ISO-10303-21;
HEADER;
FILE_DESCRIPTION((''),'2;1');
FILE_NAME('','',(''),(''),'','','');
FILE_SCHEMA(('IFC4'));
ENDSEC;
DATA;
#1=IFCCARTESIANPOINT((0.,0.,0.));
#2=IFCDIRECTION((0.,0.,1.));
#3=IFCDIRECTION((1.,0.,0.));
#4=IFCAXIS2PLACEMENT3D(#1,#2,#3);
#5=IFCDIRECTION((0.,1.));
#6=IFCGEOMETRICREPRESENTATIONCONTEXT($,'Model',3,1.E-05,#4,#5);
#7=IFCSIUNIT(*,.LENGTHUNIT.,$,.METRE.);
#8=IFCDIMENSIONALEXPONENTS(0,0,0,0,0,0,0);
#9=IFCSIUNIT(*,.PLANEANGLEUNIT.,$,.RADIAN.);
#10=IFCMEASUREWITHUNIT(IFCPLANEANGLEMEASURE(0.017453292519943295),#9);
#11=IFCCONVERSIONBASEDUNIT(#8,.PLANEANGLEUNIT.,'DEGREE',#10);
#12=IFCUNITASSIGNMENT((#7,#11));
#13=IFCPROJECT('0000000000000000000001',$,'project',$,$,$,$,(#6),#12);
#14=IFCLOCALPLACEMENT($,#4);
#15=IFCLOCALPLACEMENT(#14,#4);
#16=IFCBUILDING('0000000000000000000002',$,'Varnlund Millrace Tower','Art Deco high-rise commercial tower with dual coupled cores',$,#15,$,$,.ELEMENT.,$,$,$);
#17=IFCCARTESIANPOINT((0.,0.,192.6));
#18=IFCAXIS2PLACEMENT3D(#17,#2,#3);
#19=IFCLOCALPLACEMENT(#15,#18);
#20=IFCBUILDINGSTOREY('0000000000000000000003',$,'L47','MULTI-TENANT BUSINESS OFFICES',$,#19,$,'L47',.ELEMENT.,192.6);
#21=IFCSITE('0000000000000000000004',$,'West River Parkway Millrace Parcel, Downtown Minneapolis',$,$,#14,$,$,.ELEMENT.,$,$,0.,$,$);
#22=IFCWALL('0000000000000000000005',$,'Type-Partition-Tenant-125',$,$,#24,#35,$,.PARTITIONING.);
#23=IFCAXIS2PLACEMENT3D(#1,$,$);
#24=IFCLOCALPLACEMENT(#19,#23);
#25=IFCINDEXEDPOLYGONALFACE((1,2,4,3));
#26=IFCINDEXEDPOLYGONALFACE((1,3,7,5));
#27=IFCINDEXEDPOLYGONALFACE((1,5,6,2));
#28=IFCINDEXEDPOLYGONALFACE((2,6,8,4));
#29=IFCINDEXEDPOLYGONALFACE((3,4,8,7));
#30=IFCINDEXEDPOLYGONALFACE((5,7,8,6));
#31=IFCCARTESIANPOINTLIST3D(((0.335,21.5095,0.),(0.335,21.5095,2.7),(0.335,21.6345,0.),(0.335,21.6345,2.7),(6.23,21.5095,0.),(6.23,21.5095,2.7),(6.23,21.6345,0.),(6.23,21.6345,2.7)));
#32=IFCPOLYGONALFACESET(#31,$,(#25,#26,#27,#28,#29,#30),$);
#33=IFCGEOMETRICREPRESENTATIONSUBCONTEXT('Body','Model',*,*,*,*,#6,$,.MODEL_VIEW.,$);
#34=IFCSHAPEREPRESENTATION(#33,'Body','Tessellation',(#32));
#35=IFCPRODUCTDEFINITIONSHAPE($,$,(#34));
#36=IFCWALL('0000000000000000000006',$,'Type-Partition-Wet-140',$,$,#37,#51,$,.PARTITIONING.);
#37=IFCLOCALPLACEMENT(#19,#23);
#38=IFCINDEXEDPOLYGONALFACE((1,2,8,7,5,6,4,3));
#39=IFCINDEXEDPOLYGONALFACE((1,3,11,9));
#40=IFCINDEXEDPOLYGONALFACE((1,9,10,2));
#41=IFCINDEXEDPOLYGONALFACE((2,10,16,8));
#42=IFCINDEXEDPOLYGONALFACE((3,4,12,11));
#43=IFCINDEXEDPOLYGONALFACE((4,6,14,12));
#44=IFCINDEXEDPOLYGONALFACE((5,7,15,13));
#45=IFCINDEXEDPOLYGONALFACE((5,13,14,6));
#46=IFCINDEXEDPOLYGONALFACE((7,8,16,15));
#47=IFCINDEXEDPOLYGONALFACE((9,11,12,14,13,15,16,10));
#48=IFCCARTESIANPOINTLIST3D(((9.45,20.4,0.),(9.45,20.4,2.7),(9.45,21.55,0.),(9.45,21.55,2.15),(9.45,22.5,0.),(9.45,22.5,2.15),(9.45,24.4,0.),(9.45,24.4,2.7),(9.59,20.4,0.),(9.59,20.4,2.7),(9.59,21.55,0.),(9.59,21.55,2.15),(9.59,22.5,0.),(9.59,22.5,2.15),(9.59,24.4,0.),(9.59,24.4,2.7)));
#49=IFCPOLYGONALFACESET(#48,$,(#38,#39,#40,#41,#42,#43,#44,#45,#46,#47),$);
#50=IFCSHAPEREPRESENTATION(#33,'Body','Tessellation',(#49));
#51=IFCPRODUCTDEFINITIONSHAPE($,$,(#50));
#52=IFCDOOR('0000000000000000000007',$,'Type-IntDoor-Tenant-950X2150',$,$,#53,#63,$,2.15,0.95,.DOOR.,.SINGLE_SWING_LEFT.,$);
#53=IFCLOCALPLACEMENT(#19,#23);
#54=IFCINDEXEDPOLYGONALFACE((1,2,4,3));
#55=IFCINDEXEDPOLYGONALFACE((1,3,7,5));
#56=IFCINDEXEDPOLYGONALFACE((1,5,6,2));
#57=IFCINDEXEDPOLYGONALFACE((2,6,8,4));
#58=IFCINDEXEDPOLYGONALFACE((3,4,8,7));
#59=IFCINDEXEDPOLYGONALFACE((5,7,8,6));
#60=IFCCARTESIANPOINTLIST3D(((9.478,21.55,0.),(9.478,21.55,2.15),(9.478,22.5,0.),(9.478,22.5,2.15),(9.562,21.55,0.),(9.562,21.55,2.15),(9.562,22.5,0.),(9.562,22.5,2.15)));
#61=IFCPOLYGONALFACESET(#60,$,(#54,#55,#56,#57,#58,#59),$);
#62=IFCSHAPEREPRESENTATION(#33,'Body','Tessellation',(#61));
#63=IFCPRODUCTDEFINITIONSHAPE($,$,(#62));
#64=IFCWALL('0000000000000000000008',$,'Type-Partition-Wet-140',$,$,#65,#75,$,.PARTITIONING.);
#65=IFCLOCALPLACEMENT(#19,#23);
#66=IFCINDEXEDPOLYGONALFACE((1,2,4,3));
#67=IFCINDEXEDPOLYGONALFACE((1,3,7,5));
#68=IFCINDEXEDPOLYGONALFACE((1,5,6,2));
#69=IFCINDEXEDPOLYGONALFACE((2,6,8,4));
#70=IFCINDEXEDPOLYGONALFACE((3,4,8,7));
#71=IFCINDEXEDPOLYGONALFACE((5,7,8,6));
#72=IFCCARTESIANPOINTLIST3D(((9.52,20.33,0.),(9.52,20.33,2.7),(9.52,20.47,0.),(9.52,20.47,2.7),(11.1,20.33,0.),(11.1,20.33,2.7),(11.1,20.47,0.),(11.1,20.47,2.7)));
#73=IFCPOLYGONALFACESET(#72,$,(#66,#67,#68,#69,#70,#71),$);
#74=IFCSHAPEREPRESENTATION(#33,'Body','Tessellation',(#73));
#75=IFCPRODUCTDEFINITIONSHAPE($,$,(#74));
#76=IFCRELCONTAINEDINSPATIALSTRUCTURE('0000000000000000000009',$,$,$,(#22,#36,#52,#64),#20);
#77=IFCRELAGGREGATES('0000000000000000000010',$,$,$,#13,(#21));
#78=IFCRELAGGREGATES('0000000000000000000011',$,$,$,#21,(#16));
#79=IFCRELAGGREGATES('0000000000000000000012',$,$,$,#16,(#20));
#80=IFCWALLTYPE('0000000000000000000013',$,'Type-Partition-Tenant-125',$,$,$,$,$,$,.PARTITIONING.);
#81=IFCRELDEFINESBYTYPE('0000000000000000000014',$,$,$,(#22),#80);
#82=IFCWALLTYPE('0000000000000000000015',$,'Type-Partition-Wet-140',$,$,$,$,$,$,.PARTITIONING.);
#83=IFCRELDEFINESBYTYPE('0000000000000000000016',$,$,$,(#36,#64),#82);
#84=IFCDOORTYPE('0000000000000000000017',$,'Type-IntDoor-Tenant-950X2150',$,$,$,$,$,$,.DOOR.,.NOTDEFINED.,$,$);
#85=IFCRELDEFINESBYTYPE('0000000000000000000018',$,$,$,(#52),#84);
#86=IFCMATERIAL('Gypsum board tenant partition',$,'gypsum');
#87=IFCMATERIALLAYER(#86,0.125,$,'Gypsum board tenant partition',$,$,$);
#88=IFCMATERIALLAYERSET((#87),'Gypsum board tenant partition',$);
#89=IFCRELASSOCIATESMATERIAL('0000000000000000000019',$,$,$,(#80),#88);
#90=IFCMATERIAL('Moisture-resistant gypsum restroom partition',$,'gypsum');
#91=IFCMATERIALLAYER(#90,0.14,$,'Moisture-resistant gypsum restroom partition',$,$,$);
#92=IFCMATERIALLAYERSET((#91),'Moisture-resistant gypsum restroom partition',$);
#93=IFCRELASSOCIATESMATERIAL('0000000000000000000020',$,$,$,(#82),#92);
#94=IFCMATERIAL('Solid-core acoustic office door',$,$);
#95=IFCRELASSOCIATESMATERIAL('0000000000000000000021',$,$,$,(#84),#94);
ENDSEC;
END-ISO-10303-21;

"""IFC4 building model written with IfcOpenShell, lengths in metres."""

from ifc_helpers import new_model, entity, si_unit, converted_unit, direction, frame, origin_with_axes, origin_2d_with_axis, place, context, subcontext, project, spatial, polyline, rectangle, outline, extrude, material, layer, layer_set, type_object, element, fill, save


model = new_model("IFC4")

# Units and contexts
model_context = context("Model", 3, precision=1e-05, world=origin_with_axes(), true_north=direction((0.0, 1.0)))
body_context = subcontext(model_context, "Body", "Model", "MODEL_VIEW")
ifc_project = project(units=[si_unit("LENGTHUNIT", "METRE"), converted_unit("PLANEANGLEUNIT", "DEGREE", entity("IfcPlaneAngleMeasure", 0.017453292519943295), si_unit("PLANEANGLEUNIT", "RADIAN"), dimensions=[0, 0, 0, 0, 0, 0, 0])], contexts=[model_context])

# Site, building, storey
site_placement = place(None, origin_with_axes())
site = spatial("IfcSite", under=ifc_project, at=site_placement, Name="West River Parkway Millrace Parcel, Downtown Minneapolis", CompositionType="ELEMENT", RefElevation=0.0)
building_placement = place(site_placement, origin_with_axes())
building = spatial("IfcBuilding", under=site, at=building_placement, Name="Varnlund Millrace Tower", Description="Art Deco high-rise commercial tower with dual coupled cores", CompositionType="ELEMENT")
storey_placement = place(building_placement, frame((0.0, 0.0, 192.6), z_axis=(0.0, 0.0, 1.0), x_axis=(1.0, 0.0, 0.0)))
storey = spatial("IfcBuildingStorey", under=building, at=storey_placement, Name="L47", Description="MULTI-TENANT BUSINESS OFFICES", LongName="L47", CompositionType="ELEMENT", Elevation=192.6)

# Wall
ifc_material_1 = material(Name="Gypsum board tenant partition", Category="gypsum")
ifc_layer_1 = layer(ifc_material_1, 0.125, Name="Gypsum board tenant partition")
ifc_layer_set_1 = layer_set([ifc_layer_1], Name="Gypsum board tenant partition")
wall_type_1 = type_object("IfcWallType", Name="Type-Partition-Tenant-125", PredefinedType="PARTITIONING", material=ifc_layer_set_1)
wall_1_placement = place(storey_placement, frame((0.335, 21.572, 0.0), z_axis=(0.0, 0.0, 1.0), x_axis=(1.0, 0.0, 0.0)))
element("IfcWall", 1, at=wall_1_placement, inside=storey, type_object=wall_type_1, Name="Type-Partition-Tenant-125", PredefinedType="PARTITIONING", context=body_context, shape_type="SweptSolid", body=[
    extrude(outline(polyline([(0.0, -0.0625), (5.895, -0.0625), (5.895, 0.0625), (0.0, 0.0625), (0.0, -0.0625)])), origin_with_axes(), (0.0, 0.0, 1.0), 2.7),
])

# Wall, opening, door
ifc_material_2 = material(Name="Moisture-resistant gypsum restroom partition", Category="gypsum")
ifc_layer_2 = layer(ifc_material_2, 0.14, Name="Moisture-resistant gypsum restroom partition")
ifc_layer_set_2 = layer_set([ifc_layer_2], Name="Moisture-resistant gypsum restroom partition")
wall_type_2 = type_object("IfcWallType", Name="Type-Partition-Wet-140", PredefinedType="PARTITIONING", material=ifc_layer_set_2)
wall_2_placement = place(storey_placement, frame((9.52, 20.4, 0.0), z_axis=(0.0, 0.0, 1.0), x_axis=(0.0, 1.0, 0.0)))
wall_2 = element("IfcWall", 2, at=wall_2_placement, inside=storey, type_object=wall_type_2, Name="Type-Partition-Wet-140", PredefinedType="PARTITIONING", context=body_context, shape_type="SweptSolid", body=[
    extrude(outline(polyline([(0.0, -0.07), (4.0, -0.07), (4.0, 0.07), (0.0, 0.07), (0.0, -0.07)])), origin_with_axes(), (0.0, 0.0, 1.0), 2.7),
])
opening_1_placement = place(wall_2_placement, frame((1.625, 0.0, 0.0), z_axis=(0.0, 0.0, 1.0), x_axis=(1.0, 0.0, 0.0)))
opening_1 = element("IfcOpeningElement", 3, at=opening_1_placement, cuts=wall_2, PredefinedType="OPENING", context=body_context, shape_type="SweptSolid", body=[
    extrude(rectangle(XDim=0.95, YDim=0.16, at=origin_2d_with_axis()), origin_with_axes(), (0.0, 0.0, 1.0), 2.15),
])
ifc_material_3 = material(Name="Solid-core acoustic office door")
door_type_1 = type_object("IfcDoorType", Name="Type-IntDoor-Tenant-950X2150", OperationType="NOTDEFINED", PredefinedType="DOOR", material=ifc_material_3)
door_1_placement = place(wall_2_placement, frame((1.625, 0.0, 0.0), z_axis=(0.0, 0.0, 1.0), x_axis=(1.0, 0.0, 0.0)))
door_1 = element("IfcDoor", 4, at=door_1_placement, inside=storey, type_object=door_type_1, Name="Type-IntDoor-Tenant-950X2150", OperationType="SINGLE_SWING_LEFT", OverallHeight=2.15, OverallWidth=0.95, PredefinedType="DOOR", context=body_context, shape_type="SweptSolid", body=[
    extrude(rectangle(XDim=0.95, YDim=0.084, at=origin_2d_with_axis()), origin_with_axes(), (0.0, 0.0, 1.0), 2.15),
])
fill(opening_1, door_1)

# Wall
wall_3_placement = place(storey_placement, frame((9.52, 20.4, 0.0), z_axis=(0.0, 0.0, 1.0), x_axis=(1.0, 0.0, 0.0)))
element("IfcWall", 5, at=wall_3_placement, inside=storey, type_object=wall_type_2, Name="Type-Partition-Wet-140", PredefinedType="PARTITIONING", context=body_context, shape_type="SweptSolid", body=[
    extrude(outline(polyline([(0.0, -0.07), (1.58, -0.07), (1.58, 0.07), (0.0, 0.07), (0.0, -0.07)])), origin_with_axes(), (0.0, 0.0, 1.0), 2.7),
])

save(model, "model.ifc")
